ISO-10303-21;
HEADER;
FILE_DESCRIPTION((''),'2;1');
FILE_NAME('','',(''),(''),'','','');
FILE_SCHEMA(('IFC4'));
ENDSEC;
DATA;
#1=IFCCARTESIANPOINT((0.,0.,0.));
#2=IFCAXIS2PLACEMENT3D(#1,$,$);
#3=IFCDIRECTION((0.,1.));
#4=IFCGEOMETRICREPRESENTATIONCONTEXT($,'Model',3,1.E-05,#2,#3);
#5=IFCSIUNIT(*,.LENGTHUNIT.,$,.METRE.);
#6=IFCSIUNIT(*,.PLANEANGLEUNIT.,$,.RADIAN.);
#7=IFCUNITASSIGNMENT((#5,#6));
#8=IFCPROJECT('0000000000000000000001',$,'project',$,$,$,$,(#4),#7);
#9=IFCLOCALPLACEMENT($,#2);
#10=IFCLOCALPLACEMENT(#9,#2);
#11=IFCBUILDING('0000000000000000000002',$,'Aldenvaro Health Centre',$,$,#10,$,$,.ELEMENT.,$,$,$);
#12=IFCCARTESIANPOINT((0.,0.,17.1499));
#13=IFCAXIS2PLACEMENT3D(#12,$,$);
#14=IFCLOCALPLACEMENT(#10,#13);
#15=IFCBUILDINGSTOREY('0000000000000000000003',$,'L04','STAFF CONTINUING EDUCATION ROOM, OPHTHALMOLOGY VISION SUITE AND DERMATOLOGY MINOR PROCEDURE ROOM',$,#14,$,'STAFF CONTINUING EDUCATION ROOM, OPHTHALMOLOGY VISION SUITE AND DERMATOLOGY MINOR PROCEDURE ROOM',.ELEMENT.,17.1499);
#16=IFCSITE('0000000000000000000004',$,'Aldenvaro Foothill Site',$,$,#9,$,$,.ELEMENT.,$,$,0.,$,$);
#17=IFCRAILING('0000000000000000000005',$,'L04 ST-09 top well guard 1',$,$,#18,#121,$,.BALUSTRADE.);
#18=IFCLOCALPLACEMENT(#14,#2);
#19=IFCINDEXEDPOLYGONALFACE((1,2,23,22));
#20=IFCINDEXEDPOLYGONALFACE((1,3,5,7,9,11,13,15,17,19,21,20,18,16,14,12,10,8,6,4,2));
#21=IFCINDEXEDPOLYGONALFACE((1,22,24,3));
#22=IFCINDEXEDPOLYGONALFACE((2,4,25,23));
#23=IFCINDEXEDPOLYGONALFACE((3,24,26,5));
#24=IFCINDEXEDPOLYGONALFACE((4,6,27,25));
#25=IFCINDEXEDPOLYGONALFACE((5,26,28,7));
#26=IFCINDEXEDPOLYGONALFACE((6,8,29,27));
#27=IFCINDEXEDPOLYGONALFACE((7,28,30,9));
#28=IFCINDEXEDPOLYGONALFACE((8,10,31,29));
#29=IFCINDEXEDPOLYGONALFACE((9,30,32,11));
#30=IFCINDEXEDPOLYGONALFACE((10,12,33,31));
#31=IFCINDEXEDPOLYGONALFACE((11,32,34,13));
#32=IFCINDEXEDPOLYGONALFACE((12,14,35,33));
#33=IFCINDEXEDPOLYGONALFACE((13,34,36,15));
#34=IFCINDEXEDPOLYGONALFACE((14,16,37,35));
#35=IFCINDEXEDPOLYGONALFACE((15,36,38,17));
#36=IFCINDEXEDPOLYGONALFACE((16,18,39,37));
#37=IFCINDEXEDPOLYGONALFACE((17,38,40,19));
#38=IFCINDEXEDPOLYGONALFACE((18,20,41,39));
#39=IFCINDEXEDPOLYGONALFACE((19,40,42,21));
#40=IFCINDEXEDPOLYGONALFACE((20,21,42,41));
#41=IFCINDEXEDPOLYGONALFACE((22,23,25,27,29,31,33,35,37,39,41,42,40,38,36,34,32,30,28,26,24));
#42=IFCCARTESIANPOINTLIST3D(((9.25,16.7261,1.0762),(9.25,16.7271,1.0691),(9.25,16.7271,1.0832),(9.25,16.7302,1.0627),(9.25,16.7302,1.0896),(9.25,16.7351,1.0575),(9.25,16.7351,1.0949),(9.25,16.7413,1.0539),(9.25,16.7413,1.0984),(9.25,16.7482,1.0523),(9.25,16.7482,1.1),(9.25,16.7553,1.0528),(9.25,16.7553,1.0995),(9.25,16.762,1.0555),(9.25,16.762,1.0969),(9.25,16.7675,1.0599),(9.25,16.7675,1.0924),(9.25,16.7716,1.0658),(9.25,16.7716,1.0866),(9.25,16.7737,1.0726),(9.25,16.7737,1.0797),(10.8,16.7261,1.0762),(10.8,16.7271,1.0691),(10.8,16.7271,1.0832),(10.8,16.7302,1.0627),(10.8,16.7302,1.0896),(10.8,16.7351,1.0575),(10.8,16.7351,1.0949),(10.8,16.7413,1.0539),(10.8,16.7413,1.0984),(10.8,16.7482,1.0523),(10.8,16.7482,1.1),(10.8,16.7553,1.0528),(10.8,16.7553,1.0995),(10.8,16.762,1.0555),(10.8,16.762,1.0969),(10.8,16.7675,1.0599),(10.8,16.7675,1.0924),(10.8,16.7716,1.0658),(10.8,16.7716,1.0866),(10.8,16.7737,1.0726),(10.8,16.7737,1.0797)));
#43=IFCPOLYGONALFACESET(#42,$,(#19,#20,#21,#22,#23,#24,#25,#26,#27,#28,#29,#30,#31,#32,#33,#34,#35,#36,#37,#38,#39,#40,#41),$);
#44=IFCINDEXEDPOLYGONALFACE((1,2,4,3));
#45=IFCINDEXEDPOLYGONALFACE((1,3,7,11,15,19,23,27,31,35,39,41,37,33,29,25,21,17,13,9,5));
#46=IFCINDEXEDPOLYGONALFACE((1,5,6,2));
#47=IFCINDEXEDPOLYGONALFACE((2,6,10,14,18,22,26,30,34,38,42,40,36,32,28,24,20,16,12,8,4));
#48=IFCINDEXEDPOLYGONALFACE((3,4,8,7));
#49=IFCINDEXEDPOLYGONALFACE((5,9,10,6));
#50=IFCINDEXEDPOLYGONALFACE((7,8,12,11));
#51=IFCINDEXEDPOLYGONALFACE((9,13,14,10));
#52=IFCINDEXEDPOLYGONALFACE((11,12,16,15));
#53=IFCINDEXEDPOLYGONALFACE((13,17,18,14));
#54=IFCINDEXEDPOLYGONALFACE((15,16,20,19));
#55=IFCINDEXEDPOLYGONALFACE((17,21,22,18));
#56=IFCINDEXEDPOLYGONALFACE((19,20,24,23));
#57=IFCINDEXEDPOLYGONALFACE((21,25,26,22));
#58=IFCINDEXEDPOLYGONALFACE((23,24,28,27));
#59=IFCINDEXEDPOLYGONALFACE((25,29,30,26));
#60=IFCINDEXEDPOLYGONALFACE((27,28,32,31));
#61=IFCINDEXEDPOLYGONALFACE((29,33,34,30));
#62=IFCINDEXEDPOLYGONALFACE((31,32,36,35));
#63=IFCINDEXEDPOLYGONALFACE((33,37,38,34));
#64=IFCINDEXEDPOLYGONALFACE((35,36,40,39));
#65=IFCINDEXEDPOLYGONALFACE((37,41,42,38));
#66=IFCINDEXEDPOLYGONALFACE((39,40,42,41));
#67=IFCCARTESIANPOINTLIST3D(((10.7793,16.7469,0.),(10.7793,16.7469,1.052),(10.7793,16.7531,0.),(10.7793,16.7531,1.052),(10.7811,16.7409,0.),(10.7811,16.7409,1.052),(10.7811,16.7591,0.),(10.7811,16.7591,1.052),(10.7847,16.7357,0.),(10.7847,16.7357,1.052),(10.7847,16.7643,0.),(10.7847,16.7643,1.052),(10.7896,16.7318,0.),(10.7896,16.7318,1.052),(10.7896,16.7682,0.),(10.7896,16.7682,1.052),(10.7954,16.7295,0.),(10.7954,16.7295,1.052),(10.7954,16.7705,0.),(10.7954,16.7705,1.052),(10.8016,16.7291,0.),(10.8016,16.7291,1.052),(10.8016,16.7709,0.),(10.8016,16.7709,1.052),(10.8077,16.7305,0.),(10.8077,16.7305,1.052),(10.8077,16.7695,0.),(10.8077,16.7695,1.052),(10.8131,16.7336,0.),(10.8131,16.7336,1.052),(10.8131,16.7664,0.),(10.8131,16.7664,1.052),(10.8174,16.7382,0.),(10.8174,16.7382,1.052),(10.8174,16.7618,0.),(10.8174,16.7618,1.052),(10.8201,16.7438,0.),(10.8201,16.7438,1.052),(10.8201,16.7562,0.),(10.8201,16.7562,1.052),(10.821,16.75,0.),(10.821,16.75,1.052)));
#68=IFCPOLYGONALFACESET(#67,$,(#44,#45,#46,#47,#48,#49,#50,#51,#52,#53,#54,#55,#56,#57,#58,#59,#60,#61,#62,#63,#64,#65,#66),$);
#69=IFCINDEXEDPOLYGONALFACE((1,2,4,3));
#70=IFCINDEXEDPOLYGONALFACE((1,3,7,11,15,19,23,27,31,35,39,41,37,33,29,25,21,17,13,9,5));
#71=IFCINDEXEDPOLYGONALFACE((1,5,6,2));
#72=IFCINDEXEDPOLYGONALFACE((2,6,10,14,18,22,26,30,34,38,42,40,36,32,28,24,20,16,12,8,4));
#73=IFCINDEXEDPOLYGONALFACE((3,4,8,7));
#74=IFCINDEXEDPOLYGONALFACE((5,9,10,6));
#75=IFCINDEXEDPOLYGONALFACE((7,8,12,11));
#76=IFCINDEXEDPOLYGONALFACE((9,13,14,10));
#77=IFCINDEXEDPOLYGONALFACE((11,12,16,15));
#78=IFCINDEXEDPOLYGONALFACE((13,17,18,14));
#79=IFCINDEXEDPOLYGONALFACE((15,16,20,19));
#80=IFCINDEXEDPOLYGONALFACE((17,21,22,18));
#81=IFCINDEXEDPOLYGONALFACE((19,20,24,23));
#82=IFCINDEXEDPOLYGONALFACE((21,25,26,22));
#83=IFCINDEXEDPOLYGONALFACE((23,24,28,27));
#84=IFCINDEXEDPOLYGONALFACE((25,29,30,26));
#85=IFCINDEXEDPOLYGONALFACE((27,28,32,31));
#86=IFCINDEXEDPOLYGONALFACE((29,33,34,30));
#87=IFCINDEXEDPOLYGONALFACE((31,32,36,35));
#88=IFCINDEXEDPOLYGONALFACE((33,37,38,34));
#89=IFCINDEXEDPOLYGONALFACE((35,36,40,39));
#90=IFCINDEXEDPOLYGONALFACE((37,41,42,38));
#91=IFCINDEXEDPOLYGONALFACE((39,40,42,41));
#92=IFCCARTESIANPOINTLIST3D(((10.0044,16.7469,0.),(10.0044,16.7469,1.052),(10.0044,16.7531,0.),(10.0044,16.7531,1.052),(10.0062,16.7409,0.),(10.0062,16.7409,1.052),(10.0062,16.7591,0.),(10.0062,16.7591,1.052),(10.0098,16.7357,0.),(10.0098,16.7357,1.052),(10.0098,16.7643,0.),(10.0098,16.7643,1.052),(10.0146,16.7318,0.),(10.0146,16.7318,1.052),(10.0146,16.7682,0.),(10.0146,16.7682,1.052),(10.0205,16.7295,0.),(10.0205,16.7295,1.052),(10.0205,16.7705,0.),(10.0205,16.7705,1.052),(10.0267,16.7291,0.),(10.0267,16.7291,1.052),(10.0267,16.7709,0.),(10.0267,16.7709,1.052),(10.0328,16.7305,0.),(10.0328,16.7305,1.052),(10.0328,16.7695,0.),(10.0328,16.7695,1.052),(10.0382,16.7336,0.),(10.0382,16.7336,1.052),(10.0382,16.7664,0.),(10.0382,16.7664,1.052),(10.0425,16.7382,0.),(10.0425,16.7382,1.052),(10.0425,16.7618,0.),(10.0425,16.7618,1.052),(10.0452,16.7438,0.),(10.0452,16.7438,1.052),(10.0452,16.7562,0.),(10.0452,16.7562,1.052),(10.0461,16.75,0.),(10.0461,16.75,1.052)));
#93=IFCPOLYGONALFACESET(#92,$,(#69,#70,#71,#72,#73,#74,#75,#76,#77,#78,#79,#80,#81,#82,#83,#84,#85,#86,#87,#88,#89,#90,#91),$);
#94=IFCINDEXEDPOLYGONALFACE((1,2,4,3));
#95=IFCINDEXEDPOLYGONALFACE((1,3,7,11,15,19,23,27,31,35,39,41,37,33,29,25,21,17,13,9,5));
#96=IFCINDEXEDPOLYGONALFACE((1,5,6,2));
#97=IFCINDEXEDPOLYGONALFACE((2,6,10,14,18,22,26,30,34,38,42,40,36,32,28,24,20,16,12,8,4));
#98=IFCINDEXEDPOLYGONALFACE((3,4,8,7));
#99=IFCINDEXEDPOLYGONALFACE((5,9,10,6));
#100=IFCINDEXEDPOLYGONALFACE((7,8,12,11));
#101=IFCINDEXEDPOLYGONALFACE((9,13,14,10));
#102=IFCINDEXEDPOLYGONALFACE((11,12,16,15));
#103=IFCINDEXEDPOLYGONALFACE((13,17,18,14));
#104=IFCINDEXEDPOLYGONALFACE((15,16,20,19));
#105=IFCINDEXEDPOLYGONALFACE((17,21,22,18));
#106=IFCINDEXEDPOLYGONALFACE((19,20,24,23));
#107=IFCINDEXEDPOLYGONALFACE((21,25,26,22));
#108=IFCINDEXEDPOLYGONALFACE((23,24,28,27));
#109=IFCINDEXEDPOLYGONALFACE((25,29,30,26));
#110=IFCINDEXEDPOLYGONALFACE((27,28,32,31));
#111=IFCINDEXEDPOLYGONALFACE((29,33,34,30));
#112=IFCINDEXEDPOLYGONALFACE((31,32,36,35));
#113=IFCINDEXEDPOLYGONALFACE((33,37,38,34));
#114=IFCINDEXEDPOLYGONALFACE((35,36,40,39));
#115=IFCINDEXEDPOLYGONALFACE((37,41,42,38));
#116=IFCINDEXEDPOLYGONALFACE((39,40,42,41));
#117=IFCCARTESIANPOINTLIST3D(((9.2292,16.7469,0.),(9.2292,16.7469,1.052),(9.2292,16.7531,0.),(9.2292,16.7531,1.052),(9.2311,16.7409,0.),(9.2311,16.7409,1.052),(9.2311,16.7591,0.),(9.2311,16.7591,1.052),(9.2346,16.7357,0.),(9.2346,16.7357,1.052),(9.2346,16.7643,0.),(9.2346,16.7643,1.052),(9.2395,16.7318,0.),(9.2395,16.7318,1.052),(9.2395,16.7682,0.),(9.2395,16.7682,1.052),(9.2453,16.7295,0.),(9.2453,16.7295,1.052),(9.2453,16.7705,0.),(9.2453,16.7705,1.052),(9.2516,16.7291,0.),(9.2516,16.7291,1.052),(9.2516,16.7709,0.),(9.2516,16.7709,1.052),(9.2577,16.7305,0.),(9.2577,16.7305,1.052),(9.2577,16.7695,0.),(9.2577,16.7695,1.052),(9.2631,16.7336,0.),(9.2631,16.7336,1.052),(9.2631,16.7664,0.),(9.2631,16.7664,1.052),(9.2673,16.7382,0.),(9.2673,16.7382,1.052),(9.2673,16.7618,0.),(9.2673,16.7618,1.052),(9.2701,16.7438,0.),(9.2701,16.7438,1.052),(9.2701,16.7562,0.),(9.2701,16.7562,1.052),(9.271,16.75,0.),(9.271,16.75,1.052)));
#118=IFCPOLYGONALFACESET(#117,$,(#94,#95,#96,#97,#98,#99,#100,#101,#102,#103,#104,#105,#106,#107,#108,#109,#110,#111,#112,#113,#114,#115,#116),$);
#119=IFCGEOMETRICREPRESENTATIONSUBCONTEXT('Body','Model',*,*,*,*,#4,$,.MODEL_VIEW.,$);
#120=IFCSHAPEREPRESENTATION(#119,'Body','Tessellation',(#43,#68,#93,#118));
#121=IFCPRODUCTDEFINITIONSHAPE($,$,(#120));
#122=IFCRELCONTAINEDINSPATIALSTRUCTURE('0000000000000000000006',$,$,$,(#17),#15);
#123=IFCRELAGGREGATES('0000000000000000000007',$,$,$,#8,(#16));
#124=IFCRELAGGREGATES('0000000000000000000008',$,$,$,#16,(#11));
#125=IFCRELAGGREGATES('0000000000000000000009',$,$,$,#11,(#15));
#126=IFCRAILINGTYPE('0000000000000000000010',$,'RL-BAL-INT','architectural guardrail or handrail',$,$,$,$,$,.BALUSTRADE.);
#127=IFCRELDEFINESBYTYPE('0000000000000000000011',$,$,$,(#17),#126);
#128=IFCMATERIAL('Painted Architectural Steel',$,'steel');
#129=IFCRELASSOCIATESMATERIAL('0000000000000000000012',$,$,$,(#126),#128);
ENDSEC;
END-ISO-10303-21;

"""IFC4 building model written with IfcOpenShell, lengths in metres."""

from ifc_helpers import new_model, si_unit, direction, frame, origin, origin_2d, place, context, subcontext, project, spatial, circle, extrude, material, type_object, element, save


model = new_model("IFC4")

# Units and contexts
model_context = context("Model", 3, precision=1e-05, world=origin(), true_north=direction((0.0, 1.0)))
body_context = subcontext(model_context, "Body", "Model", "MODEL_VIEW")
ifc_project = project(units=[si_unit("LENGTHUNIT", "METRE"), si_unit("PLANEANGLEUNIT", "RADIAN")], contexts=[model_context])

# Site, building, storey
site_placement = place(None, origin())
site = spatial("IfcSite", under=ifc_project, at=site_placement, Name="Aldenvaro Foothill Site", CompositionType="ELEMENT", RefElevation=0.0)
building_placement = place(site_placement, origin())
building = spatial("IfcBuilding", under=site, at=building_placement, Name="Aldenvaro Health Centre", CompositionType="ELEMENT")
storey_placement = place(building_placement, frame((0.0, 0.0, 17.1499)))
storey = spatial("IfcBuildingStorey", under=building, at=storey_placement, Name="L04", Description="STAFF CONTINUING EDUCATION ROOM, OPHTHALMOLOGY VISION SUITE AND DERMATOLOGY MINOR PROCEDURE ROOM", LongName="STAFF CONTINUING EDUCATION ROOM, OPHTHALMOLOGY VISION SUITE AND DERMATOLOGY MINOR PROCEDURE ROOM", CompositionType="ELEMENT", Elevation=17.1499)

# Railing
ifc_material_1 = material(Name="Painted Architectural Steel", Category="steel")
railing_type = type_object("IfcRailingType", Name="RL-BAL-INT", Description="architectural guardrail or handrail", PredefinedType="BALUSTRADE", material=ifc_material_1)
railing_placement = place(storey_placement, frame((10.8, 16.75, 0.0)))
element("IfcRailing", 1, at=railing_placement, inside=storey, type_object=railing_type, Name="L04 ST-09 top well guard 1", PredefinedType="BALUSTRADE", context=body_context, shape_type="SweptSolid", body=[
    extrude(circle(Radius=0.0239, at=origin_2d()), frame((0.0, 0.0, 1.0762), z_axis=(-1.0, 0.0, 0.0), x_axis=(0.0, -1.0, 0.0)), (0.0, 0.0, 1.0), 1.55),
    extrude(circle(Radius=0.021, at=origin_2d()), origin(), (0.0, 0.0, 1.0), 1.052),
    extrude(circle(Radius=0.021, at=origin_2d()), frame((-0.7749, 0.0, 0.0)), (0.0, 0.0, 1.0), 1.052),
    extrude(circle(Radius=0.021, at=origin_2d()), frame((-1.55, 0.0, 0.0)), (0.0, 0.0, 1.0), 1.052),
])

save(model, "model.ifc")
